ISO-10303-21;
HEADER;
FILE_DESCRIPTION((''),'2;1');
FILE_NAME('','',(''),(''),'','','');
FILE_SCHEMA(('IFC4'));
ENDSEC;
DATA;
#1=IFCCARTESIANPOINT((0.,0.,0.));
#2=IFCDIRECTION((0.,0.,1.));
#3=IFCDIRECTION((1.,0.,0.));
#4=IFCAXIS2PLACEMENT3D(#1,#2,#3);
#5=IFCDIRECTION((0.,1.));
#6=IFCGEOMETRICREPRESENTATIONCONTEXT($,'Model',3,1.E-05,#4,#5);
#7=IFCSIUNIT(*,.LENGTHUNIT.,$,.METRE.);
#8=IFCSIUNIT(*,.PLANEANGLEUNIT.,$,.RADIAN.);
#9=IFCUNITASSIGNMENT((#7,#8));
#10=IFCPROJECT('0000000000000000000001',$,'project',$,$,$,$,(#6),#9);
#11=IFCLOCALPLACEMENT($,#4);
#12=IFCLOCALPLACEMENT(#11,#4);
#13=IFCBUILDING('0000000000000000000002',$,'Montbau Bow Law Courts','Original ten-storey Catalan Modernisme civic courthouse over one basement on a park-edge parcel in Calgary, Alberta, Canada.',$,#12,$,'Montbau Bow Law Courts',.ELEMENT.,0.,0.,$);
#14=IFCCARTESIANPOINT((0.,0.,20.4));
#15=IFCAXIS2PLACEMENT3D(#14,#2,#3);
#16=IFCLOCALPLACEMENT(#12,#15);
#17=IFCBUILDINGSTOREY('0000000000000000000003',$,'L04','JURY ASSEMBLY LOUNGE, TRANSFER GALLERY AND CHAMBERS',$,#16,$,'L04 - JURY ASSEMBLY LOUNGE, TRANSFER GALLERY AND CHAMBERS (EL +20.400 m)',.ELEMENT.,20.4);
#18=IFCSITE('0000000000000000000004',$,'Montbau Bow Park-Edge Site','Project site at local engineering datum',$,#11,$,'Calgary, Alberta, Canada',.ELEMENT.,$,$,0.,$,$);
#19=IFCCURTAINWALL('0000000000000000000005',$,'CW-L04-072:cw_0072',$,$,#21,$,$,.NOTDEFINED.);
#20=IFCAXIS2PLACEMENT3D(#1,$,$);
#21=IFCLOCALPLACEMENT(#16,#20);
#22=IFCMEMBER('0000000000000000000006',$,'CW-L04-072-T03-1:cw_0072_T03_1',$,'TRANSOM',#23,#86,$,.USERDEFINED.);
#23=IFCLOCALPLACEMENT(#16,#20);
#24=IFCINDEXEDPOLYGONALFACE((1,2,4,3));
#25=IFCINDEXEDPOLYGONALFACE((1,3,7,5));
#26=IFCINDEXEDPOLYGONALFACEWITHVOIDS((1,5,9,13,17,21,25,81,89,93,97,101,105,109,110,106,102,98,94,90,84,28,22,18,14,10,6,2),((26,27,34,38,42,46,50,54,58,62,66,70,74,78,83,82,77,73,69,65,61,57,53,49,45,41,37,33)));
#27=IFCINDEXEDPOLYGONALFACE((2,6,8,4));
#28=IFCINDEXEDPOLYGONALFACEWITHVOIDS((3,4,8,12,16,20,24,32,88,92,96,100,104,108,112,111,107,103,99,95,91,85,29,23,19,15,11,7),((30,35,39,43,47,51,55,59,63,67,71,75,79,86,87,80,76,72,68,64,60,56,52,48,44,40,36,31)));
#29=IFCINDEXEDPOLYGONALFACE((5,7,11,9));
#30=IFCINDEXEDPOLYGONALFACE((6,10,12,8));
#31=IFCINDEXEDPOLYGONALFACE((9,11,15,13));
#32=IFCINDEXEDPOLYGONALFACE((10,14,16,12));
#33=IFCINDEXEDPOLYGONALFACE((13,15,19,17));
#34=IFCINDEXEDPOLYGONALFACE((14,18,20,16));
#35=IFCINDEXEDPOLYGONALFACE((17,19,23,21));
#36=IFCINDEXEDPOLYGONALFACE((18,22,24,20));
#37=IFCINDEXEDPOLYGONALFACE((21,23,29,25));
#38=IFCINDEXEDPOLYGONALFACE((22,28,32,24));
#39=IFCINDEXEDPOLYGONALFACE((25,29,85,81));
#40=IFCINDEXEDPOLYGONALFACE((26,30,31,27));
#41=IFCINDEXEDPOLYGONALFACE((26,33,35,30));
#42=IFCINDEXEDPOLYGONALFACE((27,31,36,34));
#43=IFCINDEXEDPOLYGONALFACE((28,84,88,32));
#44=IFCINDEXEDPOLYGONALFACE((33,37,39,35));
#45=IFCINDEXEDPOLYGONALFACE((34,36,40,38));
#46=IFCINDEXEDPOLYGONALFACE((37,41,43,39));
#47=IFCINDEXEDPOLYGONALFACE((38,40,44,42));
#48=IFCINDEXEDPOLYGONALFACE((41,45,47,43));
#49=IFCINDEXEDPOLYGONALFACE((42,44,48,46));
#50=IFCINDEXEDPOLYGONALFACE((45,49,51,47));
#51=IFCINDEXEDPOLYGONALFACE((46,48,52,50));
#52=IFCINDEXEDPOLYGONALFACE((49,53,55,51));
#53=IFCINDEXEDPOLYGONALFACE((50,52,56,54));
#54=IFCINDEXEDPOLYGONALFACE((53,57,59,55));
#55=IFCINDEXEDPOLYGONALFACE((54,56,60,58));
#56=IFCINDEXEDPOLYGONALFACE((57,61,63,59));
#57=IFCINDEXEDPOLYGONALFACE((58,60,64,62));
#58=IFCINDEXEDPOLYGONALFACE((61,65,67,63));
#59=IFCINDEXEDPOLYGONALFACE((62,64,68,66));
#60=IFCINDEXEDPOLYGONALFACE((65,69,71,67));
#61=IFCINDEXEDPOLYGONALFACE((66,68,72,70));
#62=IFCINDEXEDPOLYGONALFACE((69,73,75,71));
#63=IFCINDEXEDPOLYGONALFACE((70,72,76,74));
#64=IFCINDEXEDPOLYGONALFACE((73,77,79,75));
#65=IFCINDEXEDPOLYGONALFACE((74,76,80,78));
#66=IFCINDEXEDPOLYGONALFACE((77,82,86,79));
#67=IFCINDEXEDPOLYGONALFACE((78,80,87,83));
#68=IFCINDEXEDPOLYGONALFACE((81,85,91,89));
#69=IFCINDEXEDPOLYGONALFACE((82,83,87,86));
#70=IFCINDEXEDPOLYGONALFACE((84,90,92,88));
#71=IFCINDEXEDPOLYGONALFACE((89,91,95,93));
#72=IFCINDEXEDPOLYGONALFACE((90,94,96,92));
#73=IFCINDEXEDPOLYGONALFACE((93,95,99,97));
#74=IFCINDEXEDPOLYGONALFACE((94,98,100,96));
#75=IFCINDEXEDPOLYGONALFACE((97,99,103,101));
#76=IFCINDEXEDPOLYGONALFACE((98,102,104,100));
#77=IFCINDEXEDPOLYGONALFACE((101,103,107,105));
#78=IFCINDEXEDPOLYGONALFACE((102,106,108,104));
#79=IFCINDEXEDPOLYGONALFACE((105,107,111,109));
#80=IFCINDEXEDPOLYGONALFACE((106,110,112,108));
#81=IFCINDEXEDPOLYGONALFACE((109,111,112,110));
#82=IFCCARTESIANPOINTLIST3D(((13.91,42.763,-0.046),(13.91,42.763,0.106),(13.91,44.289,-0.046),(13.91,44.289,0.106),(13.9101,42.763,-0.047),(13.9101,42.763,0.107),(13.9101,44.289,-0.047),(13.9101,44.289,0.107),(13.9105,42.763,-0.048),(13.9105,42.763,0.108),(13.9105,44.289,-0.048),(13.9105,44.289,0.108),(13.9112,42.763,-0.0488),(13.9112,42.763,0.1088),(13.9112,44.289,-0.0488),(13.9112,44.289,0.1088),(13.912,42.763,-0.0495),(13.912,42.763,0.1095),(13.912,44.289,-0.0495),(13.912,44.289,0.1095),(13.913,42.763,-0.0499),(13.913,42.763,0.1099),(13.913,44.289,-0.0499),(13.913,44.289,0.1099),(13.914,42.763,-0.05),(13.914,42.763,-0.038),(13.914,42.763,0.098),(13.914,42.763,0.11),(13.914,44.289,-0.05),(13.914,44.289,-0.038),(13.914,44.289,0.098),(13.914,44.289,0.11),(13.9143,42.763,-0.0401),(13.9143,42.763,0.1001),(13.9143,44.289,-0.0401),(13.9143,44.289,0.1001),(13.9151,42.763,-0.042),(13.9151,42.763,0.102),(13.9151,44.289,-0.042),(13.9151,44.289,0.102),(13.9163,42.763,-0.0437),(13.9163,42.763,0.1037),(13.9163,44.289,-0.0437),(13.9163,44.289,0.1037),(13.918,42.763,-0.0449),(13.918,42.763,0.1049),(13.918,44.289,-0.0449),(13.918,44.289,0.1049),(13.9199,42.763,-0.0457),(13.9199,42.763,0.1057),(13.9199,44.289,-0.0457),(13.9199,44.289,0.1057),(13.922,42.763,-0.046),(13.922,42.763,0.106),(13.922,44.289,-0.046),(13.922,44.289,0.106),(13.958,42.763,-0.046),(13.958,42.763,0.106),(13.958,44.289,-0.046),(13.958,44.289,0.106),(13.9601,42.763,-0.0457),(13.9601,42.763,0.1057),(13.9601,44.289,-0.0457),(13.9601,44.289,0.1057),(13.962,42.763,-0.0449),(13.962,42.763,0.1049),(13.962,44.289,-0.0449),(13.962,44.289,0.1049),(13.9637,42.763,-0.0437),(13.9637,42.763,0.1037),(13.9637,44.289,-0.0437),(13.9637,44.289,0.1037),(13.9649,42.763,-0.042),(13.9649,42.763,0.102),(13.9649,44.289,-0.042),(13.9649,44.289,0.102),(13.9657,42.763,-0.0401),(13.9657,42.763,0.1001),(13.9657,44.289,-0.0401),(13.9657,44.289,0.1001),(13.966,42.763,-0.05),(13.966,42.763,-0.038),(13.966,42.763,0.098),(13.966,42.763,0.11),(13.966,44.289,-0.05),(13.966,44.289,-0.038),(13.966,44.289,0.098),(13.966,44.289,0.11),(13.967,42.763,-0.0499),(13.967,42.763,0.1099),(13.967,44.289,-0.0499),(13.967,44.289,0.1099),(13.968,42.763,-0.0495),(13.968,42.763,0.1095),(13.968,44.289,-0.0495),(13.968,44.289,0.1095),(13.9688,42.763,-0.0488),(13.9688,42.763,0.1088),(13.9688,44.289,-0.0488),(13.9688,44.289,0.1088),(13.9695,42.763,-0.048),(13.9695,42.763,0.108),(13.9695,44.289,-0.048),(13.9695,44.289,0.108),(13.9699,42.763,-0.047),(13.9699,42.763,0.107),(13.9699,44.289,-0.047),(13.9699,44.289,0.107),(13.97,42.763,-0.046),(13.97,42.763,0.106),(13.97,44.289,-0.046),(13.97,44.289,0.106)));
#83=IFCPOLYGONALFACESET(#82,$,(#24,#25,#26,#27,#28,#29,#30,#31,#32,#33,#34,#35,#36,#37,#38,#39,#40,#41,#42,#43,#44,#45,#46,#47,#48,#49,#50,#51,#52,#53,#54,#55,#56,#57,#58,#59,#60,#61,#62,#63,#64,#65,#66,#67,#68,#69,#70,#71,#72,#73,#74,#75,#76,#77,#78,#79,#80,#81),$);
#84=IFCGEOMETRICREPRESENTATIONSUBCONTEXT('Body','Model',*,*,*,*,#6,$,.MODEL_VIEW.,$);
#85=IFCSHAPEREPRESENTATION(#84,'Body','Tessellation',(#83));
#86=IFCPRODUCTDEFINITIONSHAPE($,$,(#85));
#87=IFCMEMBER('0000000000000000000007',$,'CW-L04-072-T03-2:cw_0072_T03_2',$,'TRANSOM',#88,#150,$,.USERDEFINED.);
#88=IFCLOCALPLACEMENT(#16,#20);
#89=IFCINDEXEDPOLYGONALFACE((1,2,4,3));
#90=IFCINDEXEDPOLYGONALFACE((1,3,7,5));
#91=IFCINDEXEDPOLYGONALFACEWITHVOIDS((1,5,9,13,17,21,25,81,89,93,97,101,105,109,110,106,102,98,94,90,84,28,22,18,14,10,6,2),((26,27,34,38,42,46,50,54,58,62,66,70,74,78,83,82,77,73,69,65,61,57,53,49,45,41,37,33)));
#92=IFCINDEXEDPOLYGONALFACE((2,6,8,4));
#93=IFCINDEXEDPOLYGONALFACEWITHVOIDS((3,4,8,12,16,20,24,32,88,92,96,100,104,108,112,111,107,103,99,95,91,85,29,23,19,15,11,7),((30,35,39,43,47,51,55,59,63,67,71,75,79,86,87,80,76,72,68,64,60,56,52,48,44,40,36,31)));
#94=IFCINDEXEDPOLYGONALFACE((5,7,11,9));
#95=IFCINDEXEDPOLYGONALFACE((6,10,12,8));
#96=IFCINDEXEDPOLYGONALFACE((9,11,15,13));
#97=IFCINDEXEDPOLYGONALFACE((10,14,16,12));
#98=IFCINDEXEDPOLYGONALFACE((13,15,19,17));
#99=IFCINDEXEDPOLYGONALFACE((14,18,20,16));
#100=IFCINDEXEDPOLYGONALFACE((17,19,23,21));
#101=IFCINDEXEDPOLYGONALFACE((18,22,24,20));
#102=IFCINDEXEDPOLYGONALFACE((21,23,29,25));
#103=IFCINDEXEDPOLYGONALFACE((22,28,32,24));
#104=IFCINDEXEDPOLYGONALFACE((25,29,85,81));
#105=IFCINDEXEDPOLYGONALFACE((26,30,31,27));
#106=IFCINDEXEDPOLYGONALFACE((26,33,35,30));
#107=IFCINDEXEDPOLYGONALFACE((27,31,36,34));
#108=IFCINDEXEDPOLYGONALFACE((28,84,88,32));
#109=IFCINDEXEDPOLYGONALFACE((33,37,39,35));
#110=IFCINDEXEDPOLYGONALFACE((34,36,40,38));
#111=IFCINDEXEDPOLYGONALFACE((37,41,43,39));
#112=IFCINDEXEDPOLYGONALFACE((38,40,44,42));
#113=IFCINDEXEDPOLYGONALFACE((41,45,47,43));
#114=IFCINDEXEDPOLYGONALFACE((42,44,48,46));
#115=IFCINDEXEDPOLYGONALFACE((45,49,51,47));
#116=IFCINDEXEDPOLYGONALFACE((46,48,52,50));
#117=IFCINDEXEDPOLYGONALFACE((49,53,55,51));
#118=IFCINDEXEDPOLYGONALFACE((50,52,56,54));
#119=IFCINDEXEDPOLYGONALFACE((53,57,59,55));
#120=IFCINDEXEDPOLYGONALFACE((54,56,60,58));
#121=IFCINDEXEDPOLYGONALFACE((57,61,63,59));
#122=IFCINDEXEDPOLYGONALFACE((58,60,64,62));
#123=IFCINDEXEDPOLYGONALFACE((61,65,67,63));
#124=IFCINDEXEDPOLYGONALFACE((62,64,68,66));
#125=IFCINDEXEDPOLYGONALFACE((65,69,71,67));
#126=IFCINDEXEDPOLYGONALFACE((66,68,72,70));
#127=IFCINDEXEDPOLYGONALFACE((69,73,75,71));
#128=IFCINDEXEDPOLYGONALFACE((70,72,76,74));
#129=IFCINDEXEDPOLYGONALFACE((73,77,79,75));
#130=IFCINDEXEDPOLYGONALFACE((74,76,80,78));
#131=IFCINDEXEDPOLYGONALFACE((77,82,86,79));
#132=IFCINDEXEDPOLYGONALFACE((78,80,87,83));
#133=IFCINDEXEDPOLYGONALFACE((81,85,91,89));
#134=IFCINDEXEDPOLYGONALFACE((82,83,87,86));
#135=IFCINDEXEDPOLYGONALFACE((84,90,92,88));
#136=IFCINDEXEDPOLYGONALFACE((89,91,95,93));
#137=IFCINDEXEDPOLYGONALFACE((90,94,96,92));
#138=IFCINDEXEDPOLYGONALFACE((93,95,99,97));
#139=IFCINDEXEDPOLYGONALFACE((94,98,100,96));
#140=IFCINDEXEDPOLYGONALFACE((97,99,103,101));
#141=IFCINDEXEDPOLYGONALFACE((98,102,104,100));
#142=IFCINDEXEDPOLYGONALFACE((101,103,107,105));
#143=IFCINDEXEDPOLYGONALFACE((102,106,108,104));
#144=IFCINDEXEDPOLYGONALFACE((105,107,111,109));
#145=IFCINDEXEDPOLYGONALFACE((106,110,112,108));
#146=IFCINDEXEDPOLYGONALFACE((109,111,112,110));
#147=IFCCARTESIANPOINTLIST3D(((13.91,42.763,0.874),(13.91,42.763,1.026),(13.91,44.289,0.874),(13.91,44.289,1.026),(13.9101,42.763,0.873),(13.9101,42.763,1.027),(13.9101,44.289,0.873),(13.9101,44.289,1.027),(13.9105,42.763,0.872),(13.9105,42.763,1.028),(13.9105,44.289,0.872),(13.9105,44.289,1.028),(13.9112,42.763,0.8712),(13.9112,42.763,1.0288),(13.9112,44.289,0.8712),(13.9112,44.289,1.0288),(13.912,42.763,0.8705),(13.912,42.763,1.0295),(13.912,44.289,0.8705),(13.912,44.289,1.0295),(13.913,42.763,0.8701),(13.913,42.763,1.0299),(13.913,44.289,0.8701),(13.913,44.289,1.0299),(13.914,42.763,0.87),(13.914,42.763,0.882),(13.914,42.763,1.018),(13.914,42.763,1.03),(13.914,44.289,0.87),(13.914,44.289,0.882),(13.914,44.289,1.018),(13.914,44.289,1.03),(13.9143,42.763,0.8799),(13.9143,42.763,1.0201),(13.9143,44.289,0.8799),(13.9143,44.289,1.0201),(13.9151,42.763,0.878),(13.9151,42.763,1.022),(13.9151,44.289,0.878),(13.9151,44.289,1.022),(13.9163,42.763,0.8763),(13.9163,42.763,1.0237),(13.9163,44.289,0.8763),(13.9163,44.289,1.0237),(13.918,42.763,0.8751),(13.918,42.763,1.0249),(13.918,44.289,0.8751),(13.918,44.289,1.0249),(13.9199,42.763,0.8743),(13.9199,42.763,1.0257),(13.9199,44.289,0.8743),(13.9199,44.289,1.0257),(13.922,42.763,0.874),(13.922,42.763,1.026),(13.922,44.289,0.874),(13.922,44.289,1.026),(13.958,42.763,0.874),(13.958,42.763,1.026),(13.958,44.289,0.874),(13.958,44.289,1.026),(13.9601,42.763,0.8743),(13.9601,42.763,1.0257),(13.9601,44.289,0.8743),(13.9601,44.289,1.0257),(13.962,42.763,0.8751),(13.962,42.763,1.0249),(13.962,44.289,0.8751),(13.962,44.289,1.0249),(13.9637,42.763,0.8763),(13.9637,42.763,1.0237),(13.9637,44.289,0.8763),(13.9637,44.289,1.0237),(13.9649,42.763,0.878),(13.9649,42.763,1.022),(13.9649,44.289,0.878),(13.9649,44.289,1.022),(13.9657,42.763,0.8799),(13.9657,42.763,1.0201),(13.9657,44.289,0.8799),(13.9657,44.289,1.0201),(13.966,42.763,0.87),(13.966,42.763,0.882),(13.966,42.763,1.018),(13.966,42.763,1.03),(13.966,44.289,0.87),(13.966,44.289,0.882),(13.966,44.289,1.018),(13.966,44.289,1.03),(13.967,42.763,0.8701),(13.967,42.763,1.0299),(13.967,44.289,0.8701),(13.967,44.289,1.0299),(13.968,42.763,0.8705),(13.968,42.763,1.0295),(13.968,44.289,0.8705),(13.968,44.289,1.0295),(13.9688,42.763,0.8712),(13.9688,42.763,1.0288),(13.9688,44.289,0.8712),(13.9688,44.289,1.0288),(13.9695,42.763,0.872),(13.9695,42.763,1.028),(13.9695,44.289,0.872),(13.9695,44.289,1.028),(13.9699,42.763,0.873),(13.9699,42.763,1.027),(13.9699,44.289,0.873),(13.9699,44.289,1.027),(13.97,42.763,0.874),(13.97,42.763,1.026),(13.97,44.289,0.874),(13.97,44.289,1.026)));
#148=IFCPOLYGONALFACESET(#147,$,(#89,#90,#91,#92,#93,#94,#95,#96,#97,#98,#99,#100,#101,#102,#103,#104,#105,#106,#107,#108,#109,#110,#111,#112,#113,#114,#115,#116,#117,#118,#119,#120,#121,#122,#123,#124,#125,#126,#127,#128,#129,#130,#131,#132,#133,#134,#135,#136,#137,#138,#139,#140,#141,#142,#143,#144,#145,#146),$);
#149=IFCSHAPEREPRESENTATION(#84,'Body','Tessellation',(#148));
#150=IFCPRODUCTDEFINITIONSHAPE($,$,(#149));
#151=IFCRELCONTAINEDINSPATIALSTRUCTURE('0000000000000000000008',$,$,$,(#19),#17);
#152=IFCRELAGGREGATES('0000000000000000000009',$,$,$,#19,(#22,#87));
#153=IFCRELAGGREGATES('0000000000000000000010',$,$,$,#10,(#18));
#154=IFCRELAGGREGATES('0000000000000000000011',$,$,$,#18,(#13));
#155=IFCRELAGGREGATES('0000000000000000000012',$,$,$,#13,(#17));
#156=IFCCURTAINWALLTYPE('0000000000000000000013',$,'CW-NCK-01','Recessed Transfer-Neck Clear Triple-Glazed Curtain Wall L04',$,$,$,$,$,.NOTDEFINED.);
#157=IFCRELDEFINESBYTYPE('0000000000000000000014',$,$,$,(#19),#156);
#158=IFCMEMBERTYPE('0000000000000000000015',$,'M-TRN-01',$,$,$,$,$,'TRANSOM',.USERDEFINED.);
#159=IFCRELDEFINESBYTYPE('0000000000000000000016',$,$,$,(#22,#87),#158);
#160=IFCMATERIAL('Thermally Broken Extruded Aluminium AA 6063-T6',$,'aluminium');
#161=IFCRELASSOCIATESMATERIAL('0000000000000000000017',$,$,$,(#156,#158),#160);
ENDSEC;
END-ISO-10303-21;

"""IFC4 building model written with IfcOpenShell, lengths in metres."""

from ifc_helpers import new_model, si_unit, direction, frame, origin_with_axes, origin_2d_with_axis, place, context, subcontext, project, spatial, hollow_rectangle, extrude, material, material_profile, profile_set, type_object, element, aggregate, save


model = new_model("IFC4")

# Units and contexts
model_context = context("Model", 3, precision=1e-05, world=origin_with_axes(), true_north=direction((0.0, 1.0)))
body_context = subcontext(model_context, "Body", "Model", "MODEL_VIEW")
ifc_project = project(units=[si_unit("LENGTHUNIT", "METRE"), si_unit("PLANEANGLEUNIT", "RADIAN")], contexts=[model_context])

# Site, building, storey
site_placement = place(None, origin_with_axes())
site = spatial("IfcSite", under=ifc_project, at=site_placement, Name="Montbau Bow Park-Edge Site", Description="Project site at local engineering datum", LongName="Calgary, Alberta, Canada", CompositionType="ELEMENT", RefElevation=0.0)
building_placement = place(site_placement, origin_with_axes())
building = spatial("IfcBuilding", under=site, at=building_placement, Name="Montbau Bow Law Courts", Description="Original ten-storey Catalan Modernisme civic courthouse over one basement on a park-edge parcel in Calgary, Alberta, Canada.", LongName="Montbau Bow Law Courts", CompositionType="ELEMENT", ElevationOfRefHeight=0.0, ElevationOfTerrain=0.0)
storey_placement = place(building_placement, frame((0.0, 0.0, 20.4), z_axis=(0.0, 0.0, 1.0), x_axis=(1.0, 0.0, 0.0)))
storey = spatial("IfcBuildingStorey", under=building, at=storey_placement, Name="L04", Description="JURY ASSEMBLY LOUNGE, TRANSFER GALLERY AND CHAMBERS", LongName="L04 - JURY ASSEMBLY LOUNGE, TRANSFER GALLERY AND CHAMBERS (EL +20.400 m)", CompositionType="ELEMENT", Elevation=20.4)

# Curtain wall, members
ifc_material_1 = material(Name="Thermally Broken Extruded Aluminium AA 6063-T6", Category="aluminium")
curtain_wall_type = type_object("IfcCurtainWallType", Name="CW-NCK-01", Description="Recessed Transfer-Neck Clear Triple-Glazed Curtain Wall L04", PredefinedType="NOTDEFINED", material=ifc_material_1)
curtain_wall_placement = place(None, frame((13.94, 39.515, 20.4), z_axis=(0.0, 0.0, 1.0), x_axis=(1.0, 0.0, 0.0)))
curtain_wall = element("IfcCurtainWall", 1, at=curtain_wall_placement, inside=storey, type_object=curtain_wall_type, Name="CW-L04-072:cw_0072", PredefinedType="NOTDEFINED")
ifc_material_profile_1 = material_profile(ifc_material_1, hollow_rectangle(XDim=0.06, YDim=0.16, WallThickness=0.004, InnerFilletRadius=0.008, OuterFilletRadius=0.004, at=origin_2d_with_axis()), Name="CWT-160X60", Category="Main", Priority=0)
ifc_profile_set_1 = profile_set([ifc_material_profile_1], Name="Thermally Broken Extruded Aluminium AA 6063-T6")
member_type_1 = type_object("IfcMemberType", Name="M-TRN-01", ElementType="TRANSOM", PredefinedType="USERDEFINED", material=ifc_profile_set_1)
member_1_placement = place(None, frame((13.94, 42.763, 20.43), z_axis=(0.0, 1.0, 0.0), x_axis=(-1.0, 0.0, 0.0)))
member_1 = element("IfcMember", 2, at=member_1_placement, type_object=member_type_1, Name="CW-L04-072-T03-1:cw_0072_T03_1", ObjectType="TRANSOM", PredefinedType="USERDEFINED", context=body_context, shape_type="SweptSolid", body=[
    extrude(hollow_rectangle(XDim=0.06, YDim=0.16, WallThickness=0.004, InnerFilletRadius=0.008, OuterFilletRadius=0.004, at=origin_2d_with_axis()), origin_with_axes(), (0.0, 0.0, 1.0), 1.526),
])
member_2_placement = place(None, frame((13.94, 42.763, 21.35), z_axis=(0.0, 1.0, 0.0), x_axis=(-1.0, 0.0, 0.0)))
member_2 = element("IfcMember", 3, at=member_2_placement, type_object=member_type_1, Name="CW-L04-072-T03-2:cw_0072_T03_2", ObjectType="TRANSOM", PredefinedType="USERDEFINED", context=body_context, shape_type="SweptSolid", body=[
    extrude(hollow_rectangle(XDim=0.06, YDim=0.16, WallThickness=0.004, InnerFilletRadius=0.008, OuterFilletRadius=0.004, at=origin_2d_with_axis()), origin_with_axes(), (0.0, 0.0, 1.0), 1.526),
])
aggregate(curtain_wall, [member_1, member_2])

save(model, "model.ifc")
